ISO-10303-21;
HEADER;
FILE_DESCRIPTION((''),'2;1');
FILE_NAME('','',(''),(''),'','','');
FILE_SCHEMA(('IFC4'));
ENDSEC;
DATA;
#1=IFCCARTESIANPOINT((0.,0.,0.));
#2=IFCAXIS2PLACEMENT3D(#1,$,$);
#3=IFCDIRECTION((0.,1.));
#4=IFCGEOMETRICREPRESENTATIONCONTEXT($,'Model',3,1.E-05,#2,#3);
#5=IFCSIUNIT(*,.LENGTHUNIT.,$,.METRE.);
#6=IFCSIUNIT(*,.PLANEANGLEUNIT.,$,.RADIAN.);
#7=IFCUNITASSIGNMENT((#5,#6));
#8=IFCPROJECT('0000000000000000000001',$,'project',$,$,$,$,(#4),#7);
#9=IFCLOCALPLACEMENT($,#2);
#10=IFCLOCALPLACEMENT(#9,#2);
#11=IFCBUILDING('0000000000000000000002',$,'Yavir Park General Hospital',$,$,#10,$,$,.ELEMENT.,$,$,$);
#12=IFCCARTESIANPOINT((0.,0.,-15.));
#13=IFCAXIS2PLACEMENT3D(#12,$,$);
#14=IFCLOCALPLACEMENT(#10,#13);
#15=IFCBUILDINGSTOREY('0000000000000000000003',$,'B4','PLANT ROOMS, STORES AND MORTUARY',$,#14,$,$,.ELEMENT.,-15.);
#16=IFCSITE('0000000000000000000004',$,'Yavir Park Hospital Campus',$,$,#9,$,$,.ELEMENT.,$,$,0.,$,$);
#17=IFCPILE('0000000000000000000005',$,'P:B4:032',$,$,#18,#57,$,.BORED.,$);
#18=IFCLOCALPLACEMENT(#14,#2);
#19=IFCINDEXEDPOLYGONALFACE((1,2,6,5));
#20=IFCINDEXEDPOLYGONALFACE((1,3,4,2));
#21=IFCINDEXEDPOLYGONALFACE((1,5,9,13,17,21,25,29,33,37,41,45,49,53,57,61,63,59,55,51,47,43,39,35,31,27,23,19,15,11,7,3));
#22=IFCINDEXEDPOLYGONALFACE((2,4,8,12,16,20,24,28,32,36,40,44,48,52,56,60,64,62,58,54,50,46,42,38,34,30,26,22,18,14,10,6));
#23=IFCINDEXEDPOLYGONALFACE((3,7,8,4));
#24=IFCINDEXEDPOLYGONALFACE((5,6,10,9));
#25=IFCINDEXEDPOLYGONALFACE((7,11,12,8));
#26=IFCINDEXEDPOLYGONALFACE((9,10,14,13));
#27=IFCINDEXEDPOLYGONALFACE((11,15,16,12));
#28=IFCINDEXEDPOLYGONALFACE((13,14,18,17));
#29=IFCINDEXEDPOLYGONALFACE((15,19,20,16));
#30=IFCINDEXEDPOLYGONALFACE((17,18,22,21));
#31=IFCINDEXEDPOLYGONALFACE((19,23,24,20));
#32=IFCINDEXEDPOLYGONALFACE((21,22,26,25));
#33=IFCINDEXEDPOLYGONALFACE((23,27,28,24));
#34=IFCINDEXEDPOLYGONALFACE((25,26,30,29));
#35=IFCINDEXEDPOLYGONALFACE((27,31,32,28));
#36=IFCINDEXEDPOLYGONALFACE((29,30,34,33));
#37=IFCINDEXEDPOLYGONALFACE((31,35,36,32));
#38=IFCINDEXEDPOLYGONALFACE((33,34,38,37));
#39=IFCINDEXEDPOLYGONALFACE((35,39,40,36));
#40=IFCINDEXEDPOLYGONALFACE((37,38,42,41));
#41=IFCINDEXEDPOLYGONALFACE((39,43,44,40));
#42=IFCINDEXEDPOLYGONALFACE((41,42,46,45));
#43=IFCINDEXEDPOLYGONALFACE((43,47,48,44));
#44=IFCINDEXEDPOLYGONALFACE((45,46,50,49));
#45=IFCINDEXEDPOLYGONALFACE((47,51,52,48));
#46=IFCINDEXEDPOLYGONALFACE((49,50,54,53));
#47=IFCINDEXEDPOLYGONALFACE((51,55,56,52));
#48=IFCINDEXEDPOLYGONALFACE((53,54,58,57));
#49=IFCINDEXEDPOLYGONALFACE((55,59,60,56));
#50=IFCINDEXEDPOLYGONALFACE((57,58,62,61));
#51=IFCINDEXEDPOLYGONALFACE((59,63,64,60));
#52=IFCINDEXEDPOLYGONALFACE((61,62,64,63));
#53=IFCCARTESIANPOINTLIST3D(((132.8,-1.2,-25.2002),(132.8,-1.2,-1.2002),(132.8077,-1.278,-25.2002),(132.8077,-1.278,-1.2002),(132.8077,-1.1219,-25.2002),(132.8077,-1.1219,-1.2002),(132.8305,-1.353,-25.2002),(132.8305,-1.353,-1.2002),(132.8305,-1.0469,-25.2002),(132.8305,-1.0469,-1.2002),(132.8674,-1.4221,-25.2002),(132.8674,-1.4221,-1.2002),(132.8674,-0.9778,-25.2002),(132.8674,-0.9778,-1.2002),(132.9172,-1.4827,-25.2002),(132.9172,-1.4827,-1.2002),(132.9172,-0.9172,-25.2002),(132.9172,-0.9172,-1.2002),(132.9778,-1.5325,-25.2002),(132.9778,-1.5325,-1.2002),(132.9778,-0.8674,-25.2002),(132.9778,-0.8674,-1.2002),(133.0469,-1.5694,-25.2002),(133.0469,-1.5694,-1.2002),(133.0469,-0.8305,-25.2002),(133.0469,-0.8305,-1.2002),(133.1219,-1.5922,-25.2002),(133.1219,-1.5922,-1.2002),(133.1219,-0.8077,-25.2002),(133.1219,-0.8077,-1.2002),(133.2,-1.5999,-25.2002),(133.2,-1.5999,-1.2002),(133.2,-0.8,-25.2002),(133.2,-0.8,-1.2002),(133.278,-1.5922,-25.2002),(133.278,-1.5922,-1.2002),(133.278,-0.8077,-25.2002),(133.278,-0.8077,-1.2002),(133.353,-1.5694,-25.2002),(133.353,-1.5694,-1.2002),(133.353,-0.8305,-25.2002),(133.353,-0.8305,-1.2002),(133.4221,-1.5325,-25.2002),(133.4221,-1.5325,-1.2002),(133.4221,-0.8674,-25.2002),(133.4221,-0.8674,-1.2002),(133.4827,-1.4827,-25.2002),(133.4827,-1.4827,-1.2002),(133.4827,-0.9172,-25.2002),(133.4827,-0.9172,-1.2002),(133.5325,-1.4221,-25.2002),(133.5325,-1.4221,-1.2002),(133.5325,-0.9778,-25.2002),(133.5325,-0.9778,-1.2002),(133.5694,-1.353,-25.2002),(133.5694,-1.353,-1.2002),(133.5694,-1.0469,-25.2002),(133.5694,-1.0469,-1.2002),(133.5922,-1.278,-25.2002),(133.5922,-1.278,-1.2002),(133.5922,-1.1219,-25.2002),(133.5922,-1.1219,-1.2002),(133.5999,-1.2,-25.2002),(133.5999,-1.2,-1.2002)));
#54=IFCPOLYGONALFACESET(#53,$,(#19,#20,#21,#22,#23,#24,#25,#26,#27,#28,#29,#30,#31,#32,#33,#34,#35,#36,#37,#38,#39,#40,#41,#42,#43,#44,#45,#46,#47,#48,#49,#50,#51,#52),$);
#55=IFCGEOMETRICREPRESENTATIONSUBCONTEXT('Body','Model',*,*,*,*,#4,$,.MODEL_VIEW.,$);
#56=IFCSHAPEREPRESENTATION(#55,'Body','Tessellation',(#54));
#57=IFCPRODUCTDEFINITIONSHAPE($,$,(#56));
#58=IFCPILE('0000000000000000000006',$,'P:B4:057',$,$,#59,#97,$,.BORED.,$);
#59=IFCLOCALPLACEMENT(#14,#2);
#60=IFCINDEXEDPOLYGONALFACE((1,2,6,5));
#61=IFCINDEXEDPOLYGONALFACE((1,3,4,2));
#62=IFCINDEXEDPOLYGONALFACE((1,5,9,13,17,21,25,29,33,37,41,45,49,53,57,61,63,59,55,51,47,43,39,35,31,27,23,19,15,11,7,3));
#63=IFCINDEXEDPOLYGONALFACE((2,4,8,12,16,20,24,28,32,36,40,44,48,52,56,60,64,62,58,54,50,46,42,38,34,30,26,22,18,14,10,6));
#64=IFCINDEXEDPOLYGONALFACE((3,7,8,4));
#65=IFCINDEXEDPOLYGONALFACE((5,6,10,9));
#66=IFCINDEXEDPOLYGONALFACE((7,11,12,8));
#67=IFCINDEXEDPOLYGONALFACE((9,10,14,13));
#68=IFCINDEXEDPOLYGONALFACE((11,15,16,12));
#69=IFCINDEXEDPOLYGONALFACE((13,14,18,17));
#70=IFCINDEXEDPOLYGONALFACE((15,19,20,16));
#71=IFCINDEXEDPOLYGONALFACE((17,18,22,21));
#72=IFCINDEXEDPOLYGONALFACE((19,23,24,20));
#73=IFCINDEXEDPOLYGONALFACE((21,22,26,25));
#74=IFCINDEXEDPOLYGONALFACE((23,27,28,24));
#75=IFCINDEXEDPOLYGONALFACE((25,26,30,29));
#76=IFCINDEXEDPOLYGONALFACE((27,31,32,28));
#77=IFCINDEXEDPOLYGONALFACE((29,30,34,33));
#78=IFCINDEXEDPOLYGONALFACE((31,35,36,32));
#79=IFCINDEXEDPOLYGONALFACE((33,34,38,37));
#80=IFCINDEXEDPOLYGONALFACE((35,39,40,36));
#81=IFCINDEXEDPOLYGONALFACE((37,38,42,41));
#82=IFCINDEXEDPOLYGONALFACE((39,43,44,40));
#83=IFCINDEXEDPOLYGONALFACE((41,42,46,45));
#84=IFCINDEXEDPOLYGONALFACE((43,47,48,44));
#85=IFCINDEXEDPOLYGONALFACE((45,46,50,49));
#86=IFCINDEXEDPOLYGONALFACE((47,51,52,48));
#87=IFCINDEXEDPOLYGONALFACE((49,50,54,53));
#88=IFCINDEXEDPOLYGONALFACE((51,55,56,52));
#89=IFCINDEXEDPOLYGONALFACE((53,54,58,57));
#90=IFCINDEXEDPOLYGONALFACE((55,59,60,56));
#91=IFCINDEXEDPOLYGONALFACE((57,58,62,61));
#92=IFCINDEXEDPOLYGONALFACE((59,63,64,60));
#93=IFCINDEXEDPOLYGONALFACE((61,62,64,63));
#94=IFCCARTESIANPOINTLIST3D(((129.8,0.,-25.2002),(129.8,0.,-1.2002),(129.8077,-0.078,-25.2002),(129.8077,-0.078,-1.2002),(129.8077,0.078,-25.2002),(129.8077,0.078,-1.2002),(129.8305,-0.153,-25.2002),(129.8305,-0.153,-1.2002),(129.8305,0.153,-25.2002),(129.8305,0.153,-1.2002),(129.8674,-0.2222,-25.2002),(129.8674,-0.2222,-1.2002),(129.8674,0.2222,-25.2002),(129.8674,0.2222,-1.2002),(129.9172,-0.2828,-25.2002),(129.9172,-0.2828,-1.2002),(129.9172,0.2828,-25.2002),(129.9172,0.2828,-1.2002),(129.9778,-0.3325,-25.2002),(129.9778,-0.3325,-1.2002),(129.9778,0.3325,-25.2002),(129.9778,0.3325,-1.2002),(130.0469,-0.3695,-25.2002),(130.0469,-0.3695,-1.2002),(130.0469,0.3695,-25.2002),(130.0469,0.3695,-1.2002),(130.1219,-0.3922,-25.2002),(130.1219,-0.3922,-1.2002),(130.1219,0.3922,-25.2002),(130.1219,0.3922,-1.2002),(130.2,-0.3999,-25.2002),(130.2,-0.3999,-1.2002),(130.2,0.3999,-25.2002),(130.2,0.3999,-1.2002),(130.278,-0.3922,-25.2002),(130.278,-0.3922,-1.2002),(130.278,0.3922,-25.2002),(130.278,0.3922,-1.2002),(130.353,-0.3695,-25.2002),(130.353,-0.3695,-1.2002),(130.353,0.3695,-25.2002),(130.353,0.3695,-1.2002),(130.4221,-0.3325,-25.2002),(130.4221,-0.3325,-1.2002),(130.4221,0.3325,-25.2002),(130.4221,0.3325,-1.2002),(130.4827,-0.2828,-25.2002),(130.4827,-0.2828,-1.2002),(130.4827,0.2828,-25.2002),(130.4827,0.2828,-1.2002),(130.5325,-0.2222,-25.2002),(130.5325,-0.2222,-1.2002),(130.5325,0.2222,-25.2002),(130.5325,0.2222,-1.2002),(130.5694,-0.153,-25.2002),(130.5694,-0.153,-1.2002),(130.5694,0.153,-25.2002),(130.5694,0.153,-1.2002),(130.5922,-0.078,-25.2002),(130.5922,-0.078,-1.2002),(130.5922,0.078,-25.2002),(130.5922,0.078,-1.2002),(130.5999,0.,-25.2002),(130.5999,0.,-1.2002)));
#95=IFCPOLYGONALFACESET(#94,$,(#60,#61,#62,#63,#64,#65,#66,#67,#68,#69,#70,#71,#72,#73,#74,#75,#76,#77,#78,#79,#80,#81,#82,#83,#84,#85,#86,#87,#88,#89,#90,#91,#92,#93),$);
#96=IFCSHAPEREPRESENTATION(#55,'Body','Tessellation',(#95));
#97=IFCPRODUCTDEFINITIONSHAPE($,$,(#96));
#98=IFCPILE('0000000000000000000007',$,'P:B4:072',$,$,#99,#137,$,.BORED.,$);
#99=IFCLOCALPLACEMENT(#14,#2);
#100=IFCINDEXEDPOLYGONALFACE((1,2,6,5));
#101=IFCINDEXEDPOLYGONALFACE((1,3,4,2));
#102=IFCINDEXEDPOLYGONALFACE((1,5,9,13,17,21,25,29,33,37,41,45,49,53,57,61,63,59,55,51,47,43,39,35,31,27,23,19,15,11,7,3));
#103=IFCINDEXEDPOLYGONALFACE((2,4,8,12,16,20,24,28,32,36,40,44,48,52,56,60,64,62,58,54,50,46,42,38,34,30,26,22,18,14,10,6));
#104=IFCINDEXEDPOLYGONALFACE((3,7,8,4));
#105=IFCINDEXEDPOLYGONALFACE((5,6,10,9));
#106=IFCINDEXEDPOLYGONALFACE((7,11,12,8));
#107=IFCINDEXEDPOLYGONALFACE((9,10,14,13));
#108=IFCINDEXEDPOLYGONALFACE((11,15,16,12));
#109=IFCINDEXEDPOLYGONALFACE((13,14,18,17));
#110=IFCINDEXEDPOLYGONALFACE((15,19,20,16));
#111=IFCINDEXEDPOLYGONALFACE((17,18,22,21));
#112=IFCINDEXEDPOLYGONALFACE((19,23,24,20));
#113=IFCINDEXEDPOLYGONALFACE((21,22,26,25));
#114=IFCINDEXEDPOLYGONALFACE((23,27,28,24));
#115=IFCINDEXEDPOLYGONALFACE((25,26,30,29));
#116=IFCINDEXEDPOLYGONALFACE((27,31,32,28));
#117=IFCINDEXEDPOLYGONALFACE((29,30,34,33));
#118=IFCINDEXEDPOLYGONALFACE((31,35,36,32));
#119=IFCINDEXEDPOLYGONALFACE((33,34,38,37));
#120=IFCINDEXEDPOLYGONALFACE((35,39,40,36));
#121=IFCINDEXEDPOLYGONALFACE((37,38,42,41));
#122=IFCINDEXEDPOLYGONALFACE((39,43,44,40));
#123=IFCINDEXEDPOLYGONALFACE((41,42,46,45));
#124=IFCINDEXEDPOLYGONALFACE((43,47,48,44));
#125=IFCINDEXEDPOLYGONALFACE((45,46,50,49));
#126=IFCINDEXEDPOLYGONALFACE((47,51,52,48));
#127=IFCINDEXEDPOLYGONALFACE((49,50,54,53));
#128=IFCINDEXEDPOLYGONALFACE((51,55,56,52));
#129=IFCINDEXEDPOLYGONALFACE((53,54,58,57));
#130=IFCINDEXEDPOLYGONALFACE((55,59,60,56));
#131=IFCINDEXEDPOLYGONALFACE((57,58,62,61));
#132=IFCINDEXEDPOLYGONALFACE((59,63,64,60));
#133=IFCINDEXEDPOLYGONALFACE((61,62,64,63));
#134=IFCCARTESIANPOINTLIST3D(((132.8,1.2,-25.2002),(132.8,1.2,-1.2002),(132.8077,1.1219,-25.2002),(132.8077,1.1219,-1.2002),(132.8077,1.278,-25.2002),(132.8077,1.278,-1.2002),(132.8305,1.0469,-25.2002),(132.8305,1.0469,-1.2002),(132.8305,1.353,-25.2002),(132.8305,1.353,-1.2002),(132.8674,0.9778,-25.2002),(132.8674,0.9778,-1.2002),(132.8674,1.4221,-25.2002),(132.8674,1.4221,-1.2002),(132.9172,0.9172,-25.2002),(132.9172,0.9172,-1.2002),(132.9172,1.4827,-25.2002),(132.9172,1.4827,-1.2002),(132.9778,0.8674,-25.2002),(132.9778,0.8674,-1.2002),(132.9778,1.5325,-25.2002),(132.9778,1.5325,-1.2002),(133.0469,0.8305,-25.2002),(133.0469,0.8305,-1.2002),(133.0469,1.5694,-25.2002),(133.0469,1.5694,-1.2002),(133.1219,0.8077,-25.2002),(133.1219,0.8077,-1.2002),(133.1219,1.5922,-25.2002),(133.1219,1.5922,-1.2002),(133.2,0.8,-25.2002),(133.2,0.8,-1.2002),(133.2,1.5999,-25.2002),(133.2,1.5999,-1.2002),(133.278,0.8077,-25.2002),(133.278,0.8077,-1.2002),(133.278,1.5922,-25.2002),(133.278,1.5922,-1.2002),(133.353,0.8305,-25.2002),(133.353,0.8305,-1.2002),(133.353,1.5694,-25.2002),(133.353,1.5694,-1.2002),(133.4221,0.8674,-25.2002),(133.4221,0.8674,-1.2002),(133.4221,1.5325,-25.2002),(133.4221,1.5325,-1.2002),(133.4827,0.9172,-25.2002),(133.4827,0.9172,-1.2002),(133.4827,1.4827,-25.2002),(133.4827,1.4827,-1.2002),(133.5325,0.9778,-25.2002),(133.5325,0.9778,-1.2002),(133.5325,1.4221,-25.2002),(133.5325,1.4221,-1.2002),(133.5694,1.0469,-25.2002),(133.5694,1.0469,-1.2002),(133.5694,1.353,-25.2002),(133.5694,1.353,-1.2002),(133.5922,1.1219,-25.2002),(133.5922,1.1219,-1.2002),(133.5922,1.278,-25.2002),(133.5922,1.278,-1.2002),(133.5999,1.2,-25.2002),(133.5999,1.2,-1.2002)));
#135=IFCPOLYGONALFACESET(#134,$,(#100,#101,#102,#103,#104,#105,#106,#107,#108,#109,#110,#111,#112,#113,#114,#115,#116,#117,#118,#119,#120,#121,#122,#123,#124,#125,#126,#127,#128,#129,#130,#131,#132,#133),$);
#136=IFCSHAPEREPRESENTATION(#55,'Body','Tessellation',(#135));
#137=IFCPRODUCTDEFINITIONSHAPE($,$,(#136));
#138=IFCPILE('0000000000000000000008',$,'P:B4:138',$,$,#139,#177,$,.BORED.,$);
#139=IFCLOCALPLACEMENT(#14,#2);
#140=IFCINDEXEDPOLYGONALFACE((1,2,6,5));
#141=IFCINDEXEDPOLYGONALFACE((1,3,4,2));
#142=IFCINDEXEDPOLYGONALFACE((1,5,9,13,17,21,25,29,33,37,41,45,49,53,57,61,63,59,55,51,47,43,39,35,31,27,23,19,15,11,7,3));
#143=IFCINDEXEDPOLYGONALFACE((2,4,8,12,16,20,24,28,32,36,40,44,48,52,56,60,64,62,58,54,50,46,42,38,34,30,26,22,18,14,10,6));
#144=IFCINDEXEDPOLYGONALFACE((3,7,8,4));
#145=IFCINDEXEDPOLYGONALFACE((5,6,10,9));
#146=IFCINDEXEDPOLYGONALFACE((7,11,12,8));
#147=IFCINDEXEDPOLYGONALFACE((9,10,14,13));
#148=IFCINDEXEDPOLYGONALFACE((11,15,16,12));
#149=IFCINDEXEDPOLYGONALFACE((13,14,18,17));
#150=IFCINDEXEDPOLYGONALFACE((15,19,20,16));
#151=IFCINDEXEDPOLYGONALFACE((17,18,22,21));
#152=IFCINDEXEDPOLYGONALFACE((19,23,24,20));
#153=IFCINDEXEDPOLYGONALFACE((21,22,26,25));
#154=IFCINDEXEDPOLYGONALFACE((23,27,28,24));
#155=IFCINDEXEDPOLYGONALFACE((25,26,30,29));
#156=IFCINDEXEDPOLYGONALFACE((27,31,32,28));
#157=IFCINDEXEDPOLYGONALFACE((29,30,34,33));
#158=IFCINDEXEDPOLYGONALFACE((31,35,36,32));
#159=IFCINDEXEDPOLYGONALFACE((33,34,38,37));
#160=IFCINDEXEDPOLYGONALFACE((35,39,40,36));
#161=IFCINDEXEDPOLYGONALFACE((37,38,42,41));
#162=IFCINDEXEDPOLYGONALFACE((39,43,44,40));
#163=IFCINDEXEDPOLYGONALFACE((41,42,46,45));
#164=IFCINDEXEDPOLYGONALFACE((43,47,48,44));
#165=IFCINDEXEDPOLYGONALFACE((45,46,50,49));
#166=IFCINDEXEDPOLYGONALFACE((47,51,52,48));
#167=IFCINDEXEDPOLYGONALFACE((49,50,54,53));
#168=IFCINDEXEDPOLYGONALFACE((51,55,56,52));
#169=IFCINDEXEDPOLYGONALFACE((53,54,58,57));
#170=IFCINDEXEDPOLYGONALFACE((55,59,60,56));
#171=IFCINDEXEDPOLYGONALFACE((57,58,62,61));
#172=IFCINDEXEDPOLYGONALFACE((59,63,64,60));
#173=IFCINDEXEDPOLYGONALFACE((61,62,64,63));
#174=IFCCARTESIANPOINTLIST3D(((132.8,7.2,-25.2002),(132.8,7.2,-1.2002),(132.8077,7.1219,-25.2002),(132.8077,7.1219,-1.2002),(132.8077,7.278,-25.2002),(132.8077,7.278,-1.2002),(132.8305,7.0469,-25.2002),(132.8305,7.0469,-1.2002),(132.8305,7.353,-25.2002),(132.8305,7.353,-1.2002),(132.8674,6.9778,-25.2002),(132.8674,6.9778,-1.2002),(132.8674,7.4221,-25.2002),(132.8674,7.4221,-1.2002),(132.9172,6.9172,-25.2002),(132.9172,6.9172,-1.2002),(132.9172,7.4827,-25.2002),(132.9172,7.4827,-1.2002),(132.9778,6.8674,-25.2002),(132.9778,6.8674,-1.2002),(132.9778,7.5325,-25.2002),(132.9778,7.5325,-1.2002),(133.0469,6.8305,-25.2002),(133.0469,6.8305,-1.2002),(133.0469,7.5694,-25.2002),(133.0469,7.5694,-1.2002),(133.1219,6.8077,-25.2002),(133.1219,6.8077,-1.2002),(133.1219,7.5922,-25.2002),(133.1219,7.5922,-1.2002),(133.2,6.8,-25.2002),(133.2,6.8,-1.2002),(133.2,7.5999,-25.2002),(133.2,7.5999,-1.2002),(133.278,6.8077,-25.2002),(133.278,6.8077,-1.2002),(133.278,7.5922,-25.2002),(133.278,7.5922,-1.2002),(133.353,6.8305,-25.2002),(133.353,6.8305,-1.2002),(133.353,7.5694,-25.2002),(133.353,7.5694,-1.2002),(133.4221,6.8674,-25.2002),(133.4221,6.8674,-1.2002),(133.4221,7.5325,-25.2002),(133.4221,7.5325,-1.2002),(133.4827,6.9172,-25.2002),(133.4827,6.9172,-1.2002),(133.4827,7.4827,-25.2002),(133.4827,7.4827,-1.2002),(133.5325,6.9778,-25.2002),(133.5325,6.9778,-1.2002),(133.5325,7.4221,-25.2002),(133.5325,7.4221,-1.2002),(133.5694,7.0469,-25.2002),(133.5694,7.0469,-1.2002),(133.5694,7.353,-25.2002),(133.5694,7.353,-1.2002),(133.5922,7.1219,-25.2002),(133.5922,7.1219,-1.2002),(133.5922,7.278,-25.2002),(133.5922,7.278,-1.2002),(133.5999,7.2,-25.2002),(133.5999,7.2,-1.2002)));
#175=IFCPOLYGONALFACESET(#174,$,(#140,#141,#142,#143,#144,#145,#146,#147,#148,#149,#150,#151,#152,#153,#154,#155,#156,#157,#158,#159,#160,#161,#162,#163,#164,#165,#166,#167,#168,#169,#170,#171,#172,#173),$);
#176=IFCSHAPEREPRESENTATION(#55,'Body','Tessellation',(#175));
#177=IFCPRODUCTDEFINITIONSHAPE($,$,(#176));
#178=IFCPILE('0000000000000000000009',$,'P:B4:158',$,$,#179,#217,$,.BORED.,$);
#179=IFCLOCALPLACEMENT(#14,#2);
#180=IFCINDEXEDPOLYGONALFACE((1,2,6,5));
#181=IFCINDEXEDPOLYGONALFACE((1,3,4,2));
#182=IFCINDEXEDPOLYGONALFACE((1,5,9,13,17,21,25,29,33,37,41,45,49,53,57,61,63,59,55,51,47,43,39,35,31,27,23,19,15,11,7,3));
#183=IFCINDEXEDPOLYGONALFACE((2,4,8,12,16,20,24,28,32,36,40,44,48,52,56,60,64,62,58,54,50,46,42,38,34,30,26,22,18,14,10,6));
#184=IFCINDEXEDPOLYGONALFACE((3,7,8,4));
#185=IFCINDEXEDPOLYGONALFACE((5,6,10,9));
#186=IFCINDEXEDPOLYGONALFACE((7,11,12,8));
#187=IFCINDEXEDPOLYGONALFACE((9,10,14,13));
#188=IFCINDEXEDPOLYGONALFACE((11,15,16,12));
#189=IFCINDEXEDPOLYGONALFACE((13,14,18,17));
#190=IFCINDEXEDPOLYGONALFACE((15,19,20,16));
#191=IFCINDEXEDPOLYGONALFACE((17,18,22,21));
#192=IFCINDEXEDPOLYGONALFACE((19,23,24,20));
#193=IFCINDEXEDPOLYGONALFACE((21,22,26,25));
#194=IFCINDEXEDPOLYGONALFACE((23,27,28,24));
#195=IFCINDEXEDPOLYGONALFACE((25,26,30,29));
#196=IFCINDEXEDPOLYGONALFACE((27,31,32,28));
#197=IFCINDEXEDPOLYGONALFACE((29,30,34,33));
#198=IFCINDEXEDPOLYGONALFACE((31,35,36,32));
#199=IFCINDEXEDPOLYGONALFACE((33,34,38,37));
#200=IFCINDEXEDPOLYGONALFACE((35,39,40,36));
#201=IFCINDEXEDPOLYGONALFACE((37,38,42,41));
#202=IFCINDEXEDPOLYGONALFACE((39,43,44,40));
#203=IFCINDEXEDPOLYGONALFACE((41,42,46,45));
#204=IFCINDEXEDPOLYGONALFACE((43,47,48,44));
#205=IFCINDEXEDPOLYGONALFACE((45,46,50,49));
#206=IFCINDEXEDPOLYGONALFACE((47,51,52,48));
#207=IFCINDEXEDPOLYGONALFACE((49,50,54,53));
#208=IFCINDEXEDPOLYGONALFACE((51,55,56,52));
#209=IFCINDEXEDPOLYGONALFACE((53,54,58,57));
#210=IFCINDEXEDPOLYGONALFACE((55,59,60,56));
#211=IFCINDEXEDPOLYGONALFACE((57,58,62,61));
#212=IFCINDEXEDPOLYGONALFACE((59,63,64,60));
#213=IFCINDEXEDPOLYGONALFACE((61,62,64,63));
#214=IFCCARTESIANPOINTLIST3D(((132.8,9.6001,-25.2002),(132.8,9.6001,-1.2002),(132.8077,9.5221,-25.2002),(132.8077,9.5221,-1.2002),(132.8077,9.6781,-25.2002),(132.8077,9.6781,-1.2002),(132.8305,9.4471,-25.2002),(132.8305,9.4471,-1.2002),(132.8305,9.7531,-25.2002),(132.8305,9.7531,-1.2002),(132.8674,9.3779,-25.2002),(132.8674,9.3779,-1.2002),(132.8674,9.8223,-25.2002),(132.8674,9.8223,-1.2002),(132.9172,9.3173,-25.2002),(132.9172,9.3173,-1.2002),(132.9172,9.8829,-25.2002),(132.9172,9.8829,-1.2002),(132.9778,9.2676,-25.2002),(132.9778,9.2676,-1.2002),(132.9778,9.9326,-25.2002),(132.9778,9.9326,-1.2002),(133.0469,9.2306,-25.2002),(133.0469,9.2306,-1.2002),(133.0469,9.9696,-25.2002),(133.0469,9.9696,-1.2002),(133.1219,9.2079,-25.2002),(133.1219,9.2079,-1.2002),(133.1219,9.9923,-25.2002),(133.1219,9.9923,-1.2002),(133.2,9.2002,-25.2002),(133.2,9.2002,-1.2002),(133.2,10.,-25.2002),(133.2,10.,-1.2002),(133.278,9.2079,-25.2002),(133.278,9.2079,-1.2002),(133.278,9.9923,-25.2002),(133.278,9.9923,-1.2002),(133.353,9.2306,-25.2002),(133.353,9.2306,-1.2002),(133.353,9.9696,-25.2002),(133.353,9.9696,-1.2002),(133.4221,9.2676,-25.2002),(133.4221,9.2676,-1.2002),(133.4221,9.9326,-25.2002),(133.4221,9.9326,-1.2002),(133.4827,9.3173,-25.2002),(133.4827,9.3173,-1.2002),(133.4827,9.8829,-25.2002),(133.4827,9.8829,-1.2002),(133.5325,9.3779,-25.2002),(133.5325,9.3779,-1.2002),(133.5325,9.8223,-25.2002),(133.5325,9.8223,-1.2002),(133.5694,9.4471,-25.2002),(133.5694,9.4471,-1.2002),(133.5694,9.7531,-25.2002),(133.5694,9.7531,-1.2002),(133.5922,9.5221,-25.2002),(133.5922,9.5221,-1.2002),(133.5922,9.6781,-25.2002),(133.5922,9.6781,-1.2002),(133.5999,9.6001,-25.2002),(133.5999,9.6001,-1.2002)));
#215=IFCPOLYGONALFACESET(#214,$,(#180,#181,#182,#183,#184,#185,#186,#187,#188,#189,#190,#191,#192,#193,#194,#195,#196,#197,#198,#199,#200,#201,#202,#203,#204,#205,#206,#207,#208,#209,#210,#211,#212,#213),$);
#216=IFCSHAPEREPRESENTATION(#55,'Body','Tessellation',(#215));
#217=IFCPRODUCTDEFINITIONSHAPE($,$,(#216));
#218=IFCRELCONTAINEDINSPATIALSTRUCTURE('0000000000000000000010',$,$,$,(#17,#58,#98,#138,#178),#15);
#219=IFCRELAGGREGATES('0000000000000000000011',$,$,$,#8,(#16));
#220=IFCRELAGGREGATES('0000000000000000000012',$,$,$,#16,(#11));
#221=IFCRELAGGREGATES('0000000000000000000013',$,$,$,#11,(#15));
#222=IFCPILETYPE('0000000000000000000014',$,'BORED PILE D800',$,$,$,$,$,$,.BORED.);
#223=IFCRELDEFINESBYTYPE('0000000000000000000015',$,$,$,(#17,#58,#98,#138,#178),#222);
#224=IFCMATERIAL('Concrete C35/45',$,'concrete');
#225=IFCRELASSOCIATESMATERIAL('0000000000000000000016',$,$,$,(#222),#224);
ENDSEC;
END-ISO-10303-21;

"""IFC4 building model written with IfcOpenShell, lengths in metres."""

from ifc_helpers import new_model, si_unit, direction, frame, origin, origin_2d, place, context, subcontext, project, spatial, circle, extrude, material, material_profile, profile_set, type_object, element, save


model = new_model("IFC4")

# Units and contexts
model_context = context("Model", 3, precision=1e-05, world=origin(), true_north=direction((0.0, 1.0)))
body_context = subcontext(model_context, "Body", "Model", "MODEL_VIEW")
ifc_project = project(units=[si_unit("LENGTHUNIT", "METRE"), si_unit("PLANEANGLEUNIT", "RADIAN")], contexts=[model_context])

# Site, building, storey
site_placement = place(None, origin())
site = spatial("IfcSite", under=ifc_project, at=site_placement, Name="Yavir Park Hospital Campus", CompositionType="ELEMENT", RefElevation=0.0)
building_placement = place(site_placement, origin())
building = spatial("IfcBuilding", under=site, at=building_placement, Name="Yavir Park General Hospital", CompositionType="ELEMENT")
storey_placement = place(building_placement, frame((0.0, 0.0, -15.0)))
storey = spatial("IfcBuildingStorey", under=building, at=storey_placement, Name="B4", Description="PLANT ROOMS, STORES AND MORTUARY", CompositionType="ELEMENT", Elevation=-15.0)

# Piles
ifc_material_1 = material(Name="Concrete C35/45", Category="concrete")
ifc_material_profile_1 = material_profile(ifc_material_1, circle(Radius=0.3999, at=origin_2d()), Name="D800")
ifc_profile_set_1 = profile_set([ifc_material_profile_1], Name="Concrete C35/45")
pile_type_1 = type_object("IfcPileType", Name="BORED PILE D800", PredefinedType="BORED", material=ifc_profile_set_1)
for number, where, z_axis, x_axis, name in (
    (1, (133.2, -1.2, -1.2002), (0.0, 0.0, -1.0), (1.0, 0.0, 0.0), "P:B4:032"),
    (2, (130.2, 0.0, -1.2002), (0.0, 0.0, -1.0), (1.0, 0.0, 0.0), "P:B4:057"),
    (3, (133.2, 1.2, -1.2002), (0.0, 0.0, -1.0), (1.0, 0.0, 0.0), "P:B4:072"),
    (4, (133.2, 7.2, -1.2002), (0.0, 0.0, -1.0), (1.0, 0.0, 0.0), "P:B4:138"),
    (5, (133.2, 9.6001, -1.2002), (0.0, 0.0, -1.0), (1.0, 0.0, 0.0), "P:B4:158"),
):
    element("IfcPile", number, at=place(storey_placement, frame(where, z_axis=z_axis, x_axis=x_axis)), inside=storey, type_object=pile_type_1, Name=name, PredefinedType="BORED", context=body_context, shape_type="SweptSolid", body=[
        extrude(circle(Radius=0.3999, at=origin_2d()), origin(), (0.0, 0.0, 1.0), 24.0),
    ])

save(model, "model.ifc")
